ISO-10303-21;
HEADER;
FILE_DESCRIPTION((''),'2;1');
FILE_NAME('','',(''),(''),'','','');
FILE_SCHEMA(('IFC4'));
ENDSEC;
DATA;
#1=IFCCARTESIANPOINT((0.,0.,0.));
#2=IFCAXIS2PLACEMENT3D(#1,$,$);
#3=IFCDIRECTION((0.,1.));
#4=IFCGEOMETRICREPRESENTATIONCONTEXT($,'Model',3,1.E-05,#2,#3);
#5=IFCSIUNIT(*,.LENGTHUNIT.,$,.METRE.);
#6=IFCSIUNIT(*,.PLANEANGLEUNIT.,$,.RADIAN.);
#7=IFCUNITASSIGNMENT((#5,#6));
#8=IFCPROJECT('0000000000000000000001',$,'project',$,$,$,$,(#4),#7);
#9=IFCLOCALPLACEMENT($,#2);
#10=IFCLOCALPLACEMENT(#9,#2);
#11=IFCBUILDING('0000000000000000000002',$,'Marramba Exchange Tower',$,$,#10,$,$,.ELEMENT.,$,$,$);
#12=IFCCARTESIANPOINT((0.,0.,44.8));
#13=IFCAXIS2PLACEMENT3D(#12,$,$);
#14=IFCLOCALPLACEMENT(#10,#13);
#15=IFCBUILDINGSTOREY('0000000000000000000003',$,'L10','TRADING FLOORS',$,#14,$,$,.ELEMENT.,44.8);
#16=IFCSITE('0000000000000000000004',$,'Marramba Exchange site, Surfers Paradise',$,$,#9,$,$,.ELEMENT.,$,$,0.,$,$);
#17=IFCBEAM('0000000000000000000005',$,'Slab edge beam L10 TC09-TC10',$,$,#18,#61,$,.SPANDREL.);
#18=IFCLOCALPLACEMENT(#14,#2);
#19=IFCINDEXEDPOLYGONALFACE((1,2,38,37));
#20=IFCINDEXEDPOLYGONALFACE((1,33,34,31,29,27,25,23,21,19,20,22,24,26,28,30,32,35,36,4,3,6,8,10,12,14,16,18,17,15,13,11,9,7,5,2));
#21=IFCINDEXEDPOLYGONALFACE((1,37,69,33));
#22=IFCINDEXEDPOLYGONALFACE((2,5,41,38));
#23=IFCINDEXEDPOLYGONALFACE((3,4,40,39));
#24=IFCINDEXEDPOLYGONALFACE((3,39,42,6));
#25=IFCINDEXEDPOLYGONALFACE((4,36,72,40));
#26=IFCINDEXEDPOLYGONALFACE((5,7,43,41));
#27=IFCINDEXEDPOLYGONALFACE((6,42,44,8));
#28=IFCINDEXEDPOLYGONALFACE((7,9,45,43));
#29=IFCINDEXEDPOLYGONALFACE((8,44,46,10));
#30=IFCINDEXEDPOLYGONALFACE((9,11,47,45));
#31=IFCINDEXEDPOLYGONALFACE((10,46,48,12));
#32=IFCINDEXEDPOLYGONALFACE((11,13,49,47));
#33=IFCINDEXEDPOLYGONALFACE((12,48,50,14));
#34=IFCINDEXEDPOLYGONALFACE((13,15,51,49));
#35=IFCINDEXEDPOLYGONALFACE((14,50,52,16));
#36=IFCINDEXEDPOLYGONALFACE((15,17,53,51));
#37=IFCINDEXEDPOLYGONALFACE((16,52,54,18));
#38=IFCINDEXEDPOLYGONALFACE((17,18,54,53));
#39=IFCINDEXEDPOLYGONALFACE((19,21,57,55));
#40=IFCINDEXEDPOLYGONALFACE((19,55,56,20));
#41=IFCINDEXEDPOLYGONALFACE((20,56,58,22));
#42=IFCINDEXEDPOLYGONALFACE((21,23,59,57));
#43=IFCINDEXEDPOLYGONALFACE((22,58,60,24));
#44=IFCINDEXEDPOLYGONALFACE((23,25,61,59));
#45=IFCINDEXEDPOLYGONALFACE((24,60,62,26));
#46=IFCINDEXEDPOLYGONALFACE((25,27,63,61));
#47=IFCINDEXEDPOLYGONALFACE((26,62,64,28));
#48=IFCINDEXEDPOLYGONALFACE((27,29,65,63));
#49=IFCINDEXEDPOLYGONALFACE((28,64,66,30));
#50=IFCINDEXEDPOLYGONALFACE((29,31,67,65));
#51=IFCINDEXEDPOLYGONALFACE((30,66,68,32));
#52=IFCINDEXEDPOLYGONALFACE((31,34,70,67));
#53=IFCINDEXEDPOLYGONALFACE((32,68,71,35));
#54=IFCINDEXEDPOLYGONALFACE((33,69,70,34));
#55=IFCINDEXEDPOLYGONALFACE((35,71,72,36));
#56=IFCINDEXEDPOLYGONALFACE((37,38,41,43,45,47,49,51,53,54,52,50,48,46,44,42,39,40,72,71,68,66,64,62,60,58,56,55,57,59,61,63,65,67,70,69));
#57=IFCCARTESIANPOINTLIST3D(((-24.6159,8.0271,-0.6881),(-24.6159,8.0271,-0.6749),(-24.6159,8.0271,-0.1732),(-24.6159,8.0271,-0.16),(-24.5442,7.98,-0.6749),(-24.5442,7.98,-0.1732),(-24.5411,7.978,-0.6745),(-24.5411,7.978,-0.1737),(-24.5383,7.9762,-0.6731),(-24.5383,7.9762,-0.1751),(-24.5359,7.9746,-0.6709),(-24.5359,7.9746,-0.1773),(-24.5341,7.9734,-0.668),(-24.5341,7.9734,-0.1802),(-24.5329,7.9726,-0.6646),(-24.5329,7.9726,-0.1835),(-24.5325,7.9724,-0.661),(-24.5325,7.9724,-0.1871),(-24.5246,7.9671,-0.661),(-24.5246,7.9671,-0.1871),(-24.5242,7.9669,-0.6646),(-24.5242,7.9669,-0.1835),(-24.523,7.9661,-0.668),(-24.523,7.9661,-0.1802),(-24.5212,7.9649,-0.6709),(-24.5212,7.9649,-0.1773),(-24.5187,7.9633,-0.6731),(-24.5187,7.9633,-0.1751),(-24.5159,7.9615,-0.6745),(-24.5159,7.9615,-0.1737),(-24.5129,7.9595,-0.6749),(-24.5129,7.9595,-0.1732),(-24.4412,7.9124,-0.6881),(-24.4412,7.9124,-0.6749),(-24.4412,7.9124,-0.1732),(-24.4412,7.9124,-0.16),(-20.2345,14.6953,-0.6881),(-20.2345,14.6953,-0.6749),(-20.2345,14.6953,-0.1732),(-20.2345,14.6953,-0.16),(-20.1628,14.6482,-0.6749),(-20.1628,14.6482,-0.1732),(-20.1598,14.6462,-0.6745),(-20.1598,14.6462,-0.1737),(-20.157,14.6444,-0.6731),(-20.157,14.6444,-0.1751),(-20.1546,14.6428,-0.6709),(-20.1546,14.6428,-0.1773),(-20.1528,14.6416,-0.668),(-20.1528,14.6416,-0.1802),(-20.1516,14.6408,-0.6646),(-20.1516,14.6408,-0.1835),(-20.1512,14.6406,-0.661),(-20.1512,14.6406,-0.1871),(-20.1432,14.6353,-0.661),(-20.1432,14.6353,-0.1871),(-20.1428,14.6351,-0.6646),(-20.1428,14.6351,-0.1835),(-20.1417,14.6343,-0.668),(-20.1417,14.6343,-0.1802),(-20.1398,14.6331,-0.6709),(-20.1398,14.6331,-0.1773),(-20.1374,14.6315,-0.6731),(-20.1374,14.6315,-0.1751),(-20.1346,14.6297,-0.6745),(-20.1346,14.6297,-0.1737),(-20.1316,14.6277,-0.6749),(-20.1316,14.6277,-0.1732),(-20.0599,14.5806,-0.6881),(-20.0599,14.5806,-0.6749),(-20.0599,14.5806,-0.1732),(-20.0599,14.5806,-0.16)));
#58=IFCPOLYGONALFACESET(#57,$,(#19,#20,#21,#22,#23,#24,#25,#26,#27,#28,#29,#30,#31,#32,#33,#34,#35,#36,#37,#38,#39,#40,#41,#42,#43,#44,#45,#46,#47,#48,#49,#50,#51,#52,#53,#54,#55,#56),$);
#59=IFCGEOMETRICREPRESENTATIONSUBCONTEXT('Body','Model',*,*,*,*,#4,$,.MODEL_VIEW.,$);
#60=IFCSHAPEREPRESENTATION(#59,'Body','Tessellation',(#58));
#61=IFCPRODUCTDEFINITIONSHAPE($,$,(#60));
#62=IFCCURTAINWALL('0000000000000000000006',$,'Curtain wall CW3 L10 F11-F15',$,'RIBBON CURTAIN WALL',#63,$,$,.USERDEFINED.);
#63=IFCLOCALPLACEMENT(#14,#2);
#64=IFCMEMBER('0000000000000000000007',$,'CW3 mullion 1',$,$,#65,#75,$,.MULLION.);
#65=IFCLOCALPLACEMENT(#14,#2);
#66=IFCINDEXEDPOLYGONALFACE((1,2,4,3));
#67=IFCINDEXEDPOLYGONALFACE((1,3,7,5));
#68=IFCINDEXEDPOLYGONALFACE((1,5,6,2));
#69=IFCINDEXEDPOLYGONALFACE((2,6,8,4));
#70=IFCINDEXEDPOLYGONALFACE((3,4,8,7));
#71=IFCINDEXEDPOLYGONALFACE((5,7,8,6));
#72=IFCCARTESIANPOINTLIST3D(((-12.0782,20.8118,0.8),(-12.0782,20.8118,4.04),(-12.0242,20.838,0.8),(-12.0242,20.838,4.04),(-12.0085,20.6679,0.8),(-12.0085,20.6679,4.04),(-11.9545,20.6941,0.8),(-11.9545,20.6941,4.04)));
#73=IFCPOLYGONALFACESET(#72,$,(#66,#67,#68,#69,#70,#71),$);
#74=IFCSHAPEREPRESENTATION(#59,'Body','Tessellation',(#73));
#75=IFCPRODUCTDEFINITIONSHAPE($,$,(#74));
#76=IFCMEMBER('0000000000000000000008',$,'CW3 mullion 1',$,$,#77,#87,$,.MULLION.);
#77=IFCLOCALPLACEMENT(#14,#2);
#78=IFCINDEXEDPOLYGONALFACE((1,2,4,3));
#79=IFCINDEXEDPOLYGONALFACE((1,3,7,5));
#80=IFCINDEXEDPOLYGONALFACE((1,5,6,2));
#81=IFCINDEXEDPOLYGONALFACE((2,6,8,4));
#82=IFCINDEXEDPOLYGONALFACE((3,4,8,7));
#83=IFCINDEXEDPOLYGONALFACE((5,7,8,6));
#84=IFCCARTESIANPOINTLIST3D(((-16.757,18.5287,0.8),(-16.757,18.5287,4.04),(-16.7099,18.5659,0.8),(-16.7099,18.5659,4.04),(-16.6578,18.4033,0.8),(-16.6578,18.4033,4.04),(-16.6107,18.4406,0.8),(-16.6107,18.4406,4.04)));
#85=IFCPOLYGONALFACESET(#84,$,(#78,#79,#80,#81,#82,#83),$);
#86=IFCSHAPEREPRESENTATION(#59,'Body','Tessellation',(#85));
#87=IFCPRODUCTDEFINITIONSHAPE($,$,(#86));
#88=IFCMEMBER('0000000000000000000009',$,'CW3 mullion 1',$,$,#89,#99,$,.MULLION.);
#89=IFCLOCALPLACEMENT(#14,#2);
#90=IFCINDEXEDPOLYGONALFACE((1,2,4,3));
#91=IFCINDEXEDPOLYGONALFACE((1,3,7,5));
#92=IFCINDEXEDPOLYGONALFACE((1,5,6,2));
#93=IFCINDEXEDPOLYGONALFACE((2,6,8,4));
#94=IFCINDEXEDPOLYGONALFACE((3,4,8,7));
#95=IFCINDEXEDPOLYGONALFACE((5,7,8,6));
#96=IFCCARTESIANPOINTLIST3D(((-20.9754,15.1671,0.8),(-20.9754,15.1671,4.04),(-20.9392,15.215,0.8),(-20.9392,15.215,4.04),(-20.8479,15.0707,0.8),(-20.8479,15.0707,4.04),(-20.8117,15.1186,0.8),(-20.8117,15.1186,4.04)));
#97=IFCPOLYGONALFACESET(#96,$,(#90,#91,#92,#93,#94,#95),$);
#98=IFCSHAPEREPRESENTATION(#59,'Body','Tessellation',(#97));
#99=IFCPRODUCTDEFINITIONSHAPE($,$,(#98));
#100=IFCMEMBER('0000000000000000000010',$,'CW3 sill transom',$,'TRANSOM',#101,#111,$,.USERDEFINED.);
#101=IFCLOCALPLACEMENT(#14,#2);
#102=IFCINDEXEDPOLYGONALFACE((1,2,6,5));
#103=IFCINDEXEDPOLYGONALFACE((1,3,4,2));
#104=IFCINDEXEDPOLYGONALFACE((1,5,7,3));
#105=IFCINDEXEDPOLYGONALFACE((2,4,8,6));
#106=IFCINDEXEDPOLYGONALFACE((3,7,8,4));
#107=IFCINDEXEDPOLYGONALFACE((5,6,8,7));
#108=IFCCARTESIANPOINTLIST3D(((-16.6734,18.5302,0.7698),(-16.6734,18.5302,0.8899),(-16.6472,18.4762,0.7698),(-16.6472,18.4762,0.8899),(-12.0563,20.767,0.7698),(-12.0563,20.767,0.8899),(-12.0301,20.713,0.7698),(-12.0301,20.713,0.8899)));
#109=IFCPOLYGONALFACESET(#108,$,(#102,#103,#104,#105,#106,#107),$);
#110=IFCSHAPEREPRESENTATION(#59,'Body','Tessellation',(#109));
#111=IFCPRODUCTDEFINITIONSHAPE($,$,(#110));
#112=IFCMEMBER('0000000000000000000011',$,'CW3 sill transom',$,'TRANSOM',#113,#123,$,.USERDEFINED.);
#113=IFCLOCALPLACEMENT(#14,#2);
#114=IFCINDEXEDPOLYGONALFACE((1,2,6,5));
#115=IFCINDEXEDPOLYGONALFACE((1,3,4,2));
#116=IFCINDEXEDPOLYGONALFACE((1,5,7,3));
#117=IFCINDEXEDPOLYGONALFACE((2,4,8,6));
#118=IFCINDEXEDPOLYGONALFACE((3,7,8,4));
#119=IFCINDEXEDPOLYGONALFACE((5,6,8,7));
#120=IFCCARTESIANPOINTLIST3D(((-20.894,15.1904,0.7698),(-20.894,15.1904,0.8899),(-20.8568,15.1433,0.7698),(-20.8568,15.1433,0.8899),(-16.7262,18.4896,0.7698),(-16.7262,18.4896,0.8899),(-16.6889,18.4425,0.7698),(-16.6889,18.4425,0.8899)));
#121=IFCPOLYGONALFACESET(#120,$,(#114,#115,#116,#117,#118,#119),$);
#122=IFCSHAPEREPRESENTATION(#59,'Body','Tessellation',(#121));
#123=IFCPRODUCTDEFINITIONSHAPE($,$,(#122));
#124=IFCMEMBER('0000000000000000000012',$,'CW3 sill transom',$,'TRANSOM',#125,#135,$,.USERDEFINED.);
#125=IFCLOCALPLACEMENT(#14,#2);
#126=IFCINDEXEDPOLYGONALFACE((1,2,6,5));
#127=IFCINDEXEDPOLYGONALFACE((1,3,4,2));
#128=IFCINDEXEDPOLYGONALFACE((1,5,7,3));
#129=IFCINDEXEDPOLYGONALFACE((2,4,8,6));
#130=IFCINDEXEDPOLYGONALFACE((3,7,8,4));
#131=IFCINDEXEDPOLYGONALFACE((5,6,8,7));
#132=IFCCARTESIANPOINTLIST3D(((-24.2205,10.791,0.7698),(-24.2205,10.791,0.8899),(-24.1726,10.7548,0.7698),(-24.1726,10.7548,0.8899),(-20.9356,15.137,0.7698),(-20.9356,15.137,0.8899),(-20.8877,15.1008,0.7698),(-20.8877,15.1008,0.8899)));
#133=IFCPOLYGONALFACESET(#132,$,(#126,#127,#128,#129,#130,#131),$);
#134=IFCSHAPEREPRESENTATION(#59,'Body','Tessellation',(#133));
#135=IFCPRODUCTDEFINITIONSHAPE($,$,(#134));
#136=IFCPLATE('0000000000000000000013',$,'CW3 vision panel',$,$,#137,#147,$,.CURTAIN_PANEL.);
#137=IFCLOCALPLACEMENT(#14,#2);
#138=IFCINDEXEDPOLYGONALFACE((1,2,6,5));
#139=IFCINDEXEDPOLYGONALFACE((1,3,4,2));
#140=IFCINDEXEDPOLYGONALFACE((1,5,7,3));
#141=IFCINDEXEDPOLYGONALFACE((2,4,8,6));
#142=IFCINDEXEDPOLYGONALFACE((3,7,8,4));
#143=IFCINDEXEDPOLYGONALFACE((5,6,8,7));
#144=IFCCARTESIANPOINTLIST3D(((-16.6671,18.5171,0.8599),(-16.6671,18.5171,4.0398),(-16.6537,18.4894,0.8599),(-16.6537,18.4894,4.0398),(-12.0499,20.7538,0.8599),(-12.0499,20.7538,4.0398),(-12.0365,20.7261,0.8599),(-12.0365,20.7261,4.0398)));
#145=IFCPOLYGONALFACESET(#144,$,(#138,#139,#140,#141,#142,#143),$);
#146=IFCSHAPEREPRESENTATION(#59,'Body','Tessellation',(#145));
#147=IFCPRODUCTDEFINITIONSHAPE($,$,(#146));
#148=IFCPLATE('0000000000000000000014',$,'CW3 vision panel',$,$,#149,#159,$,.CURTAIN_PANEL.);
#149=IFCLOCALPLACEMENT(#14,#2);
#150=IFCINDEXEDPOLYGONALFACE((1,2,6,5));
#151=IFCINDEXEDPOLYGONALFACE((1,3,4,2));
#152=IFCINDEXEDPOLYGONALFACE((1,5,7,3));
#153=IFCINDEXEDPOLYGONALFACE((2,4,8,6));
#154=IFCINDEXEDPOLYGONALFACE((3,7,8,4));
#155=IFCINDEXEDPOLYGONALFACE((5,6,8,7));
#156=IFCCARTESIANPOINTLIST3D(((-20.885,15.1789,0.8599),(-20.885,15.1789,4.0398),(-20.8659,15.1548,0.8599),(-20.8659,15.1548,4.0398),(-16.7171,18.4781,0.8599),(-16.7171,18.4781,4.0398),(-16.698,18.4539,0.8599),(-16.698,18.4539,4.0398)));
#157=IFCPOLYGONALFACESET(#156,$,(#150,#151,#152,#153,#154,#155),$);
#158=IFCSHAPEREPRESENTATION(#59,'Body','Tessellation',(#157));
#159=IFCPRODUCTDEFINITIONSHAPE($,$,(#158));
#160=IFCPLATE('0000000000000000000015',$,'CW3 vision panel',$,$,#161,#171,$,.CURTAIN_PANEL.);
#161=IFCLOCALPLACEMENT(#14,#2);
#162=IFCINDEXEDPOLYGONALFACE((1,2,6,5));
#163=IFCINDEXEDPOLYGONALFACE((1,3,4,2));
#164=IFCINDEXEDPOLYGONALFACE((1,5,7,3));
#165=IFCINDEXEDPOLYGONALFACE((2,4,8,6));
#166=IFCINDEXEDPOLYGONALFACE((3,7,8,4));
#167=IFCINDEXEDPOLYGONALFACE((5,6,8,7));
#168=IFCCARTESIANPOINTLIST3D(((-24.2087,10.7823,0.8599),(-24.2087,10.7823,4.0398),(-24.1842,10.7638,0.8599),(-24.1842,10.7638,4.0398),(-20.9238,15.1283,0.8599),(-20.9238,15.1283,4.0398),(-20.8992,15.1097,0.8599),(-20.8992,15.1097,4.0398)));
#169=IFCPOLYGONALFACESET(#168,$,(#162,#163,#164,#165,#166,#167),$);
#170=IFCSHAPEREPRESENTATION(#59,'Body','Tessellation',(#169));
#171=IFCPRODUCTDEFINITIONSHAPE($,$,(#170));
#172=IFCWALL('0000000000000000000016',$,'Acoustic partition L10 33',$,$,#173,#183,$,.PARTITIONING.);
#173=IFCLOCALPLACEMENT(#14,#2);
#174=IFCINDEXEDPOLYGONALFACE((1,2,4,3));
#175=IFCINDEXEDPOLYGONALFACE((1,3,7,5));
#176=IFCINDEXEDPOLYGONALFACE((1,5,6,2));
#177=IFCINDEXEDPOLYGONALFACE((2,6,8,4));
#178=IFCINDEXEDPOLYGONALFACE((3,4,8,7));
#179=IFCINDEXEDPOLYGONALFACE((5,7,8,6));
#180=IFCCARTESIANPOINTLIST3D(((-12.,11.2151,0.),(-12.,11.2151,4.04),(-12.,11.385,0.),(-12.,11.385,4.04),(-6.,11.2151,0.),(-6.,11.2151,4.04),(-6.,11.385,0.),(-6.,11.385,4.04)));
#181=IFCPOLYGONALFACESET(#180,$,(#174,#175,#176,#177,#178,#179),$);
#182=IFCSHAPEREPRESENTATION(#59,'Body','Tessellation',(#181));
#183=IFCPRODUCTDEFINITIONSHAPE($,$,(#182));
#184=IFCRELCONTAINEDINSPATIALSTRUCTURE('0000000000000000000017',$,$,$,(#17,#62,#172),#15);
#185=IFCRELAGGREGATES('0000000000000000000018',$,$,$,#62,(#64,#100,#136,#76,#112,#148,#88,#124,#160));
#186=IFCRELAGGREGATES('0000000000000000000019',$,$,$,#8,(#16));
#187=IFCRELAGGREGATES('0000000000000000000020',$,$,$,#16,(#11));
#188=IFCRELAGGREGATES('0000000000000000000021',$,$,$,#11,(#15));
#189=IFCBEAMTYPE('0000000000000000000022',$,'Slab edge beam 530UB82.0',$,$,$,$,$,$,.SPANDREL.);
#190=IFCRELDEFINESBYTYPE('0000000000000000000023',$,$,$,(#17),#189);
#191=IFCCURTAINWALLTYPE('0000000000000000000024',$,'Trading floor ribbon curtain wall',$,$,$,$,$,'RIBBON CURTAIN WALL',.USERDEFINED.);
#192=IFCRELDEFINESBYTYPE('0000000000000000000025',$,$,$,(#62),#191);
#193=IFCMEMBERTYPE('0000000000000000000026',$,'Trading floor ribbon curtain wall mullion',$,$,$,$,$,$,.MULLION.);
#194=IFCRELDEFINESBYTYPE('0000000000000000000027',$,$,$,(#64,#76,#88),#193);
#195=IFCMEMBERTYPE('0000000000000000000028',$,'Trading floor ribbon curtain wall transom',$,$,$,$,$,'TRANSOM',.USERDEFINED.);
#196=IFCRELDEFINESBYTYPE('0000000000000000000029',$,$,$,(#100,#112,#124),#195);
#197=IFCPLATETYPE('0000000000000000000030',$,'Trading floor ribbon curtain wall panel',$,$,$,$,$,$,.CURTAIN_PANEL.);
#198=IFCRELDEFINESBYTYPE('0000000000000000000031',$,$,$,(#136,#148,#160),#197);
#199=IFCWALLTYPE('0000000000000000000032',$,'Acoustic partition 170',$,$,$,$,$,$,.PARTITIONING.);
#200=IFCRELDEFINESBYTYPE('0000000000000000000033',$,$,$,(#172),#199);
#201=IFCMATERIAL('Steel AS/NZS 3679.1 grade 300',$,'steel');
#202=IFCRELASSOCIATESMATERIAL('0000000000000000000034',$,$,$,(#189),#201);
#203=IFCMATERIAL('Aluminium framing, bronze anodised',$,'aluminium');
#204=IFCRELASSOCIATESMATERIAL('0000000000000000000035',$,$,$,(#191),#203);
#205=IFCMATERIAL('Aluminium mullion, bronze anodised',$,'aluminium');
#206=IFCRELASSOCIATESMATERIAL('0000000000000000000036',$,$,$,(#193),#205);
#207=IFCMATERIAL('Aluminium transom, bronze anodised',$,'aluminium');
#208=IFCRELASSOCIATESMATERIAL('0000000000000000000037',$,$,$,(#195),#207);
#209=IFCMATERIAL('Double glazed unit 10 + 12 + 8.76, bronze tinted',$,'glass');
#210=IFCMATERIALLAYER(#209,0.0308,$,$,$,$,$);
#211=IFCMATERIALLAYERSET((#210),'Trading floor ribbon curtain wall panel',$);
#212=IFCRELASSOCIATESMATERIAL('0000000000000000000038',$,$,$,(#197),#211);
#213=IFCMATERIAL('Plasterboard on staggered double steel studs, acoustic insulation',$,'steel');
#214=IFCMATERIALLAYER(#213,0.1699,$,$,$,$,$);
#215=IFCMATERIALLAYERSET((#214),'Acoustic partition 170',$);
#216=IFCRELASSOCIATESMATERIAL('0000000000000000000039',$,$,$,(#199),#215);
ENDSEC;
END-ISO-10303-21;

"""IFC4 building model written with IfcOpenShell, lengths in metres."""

from ifc_helpers import new_model, si_unit, direction, frame, frame_2d, origin, origin_2d, place, context, subcontext, project, spatial, rectangle, i_section, extrude, material, layer, layer_set, material_profile, profile_set, type_object, element, aggregate, save


model = new_model("IFC4")

# Units and contexts
model_context = context("Model", 3, precision=1e-05, world=origin(), true_north=direction((0.0, 1.0)))
body_context = subcontext(model_context, "Body", "Model", "MODEL_VIEW")
ifc_project = project(units=[si_unit("LENGTHUNIT", "METRE"), si_unit("PLANEANGLEUNIT", "RADIAN")], contexts=[model_context])

# Site, building, storey
site_placement = place(None, origin())
site = spatial("IfcSite", under=ifc_project, at=site_placement, Name="Marramba Exchange site, Surfers Paradise", CompositionType="ELEMENT", RefElevation=0.0)
building_placement = place(site_placement, origin())
building = spatial("IfcBuilding", under=site, at=building_placement, Name="Marramba Exchange Tower", CompositionType="ELEMENT")
storey_placement = place(building_placement, frame((0.0, 0.0, 44.8)))
storey = spatial("IfcBuildingStorey", under=building, at=storey_placement, Name="L10", Description="TRADING FLOORS", CompositionType="ELEMENT", Elevation=44.8)

# Beam
ifc_material_1 = material(Name="Steel AS/NZS 3679.1 grade 300", Category="steel")
ifc_material_profile_1 = material_profile(ifc_material_1, i_section(OverallWidth=0.209, OverallDepth=0.5281, WebThickness=0.0095, FlangeThickness=0.0132, FilletRadius=0.0139, at=origin_2d()), Name="530UB82.0")
ifc_profile_set_1 = profile_set([ifc_material_profile_1], Name="Steel AS/NZS 3679.1 grade 300")
beam_type_1 = type_object("IfcBeamType", Name="Slab edge beam 530UB82.0", PredefinedType="SPANDREL", material=ifc_profile_set_1)
beam_1_placement = place(storey_placement, frame((-20.1472, 14.6379, -0.4241), z_axis=(-0.549124, -0.835741, 0.0), x_axis=(0.835741, -0.549124, 0.0)))
element("IfcBeam", 1, at=beam_1_placement, inside=storey, type_object=beam_type_1, Name="Slab edge beam L10 TC09-TC10", PredefinedType="SPANDREL", context=body_context, shape_type="SweptSolid", body=[
    extrude(i_section(OverallWidth=0.209, OverallDepth=0.5281, WebThickness=0.0095, FlangeThickness=0.0132, FilletRadius=0.0139, at=origin_2d()), origin(), (0.0, 0.0, 1.0), 7.9788),
])

# Curtain wall, members, plates
ifc_material_2 = material(Name="Aluminium framing, bronze anodised", Category="aluminium")
curtain_wall_type = type_object("IfcCurtainWallType", Name="Trading floor ribbon curtain wall", ElementType="RIBBON CURTAIN WALL", PredefinedType="USERDEFINED", material=ifc_material_2)
curtain_wall_placement = place(storey_placement, origin())
curtain_wall = element("IfcCurtainWall", 2, at=curtain_wall_placement, inside=storey, type_object=curtain_wall_type, Name="Curtain wall CW3 L10 F11-F15", ObjectType="RIBBON CURTAIN WALL", PredefinedType="USERDEFINED")
ifc_material_3 = material(Name="Aluminium mullion, bronze anodised", Category="aluminium")
ifc_material_profile_2 = material_profile(ifc_material_3, rectangle(XDim=0.1599, YDim=0.0601, at=origin_2d()), Name="CW3 mullion 60x160")
ifc_profile_set_2 = profile_set([ifc_material_profile_2], Name="Aluminium mullion, bronze anodised")
member_type_1 = type_object("IfcMemberType", Name="Trading floor ribbon curtain wall mullion", PredefinedType="MULLION", material=ifc_profile_set_2)
member_1_placement = place(storey_placement, frame((-12.0164, 20.7529, 0.8), z_axis=(0.0, 0.0, 1.0), x_axis=(0.435965, -0.899963, 0.0)))
member_1 = element("IfcMember", 3, at=member_1_placement, type_object=member_type_1, Name="CW3 mullion 1", PredefinedType="MULLION", context=body_context, shape_type="SweptSolid", body=[
    extrude(rectangle(XDim=0.1599, YDim=0.0601, at=origin_2d()), origin(), (0.0, 0.0, 1.0), 3.24),
])
member_2_placement = place(storey_placement, frame((-16.6838, 18.4846, 0.8), z_axis=(0.0, 0.0, 1.0), x_axis=(0.62065, -0.784088, 0.0)))
member_2 = element("IfcMember", 4, at=member_2_placement, type_object=member_type_1, Name="CW3 mullion 1", PredefinedType="MULLION", context=body_context, shape_type="SweptSolid", body=[
    extrude(rectangle(XDim=0.1599, YDim=0.0601, at=origin_2d()), origin(), (0.0, 0.0, 1.0), 3.24),
])
member_3_placement = place(storey_placement, frame((-20.8936, 15.1428, 0.8), z_axis=(0.0, 0.0, 1.0), x_axis=(0.797749, -0.60299, 0.0)))
member_3 = element("IfcMember", 5, at=member_3_placement, type_object=member_type_1, Name="CW3 mullion 1", PredefinedType="MULLION", context=body_context, shape_type="SweptSolid", body=[
    extrude(rectangle(XDim=0.1599, YDim=0.0601, at=origin_2d()), origin(), (0.0, 0.0, 1.0), 3.24),
])
ifc_material_4 = material(Name="Aluminium transom, bronze anodised", Category="aluminium")
ifc_material_profile_3 = material_profile(ifc_material_4, rectangle(XDim=0.0601, YDim=0.1201, at=origin_2d()), Name="CW3 transom 60x120")
ifc_profile_set_3 = profile_set([ifc_material_profile_3], Name="Aluminium transom, bronze anodised")
member_type_2 = type_object("IfcMemberType", Name="Trading floor ribbon curtain wall transom", ElementType="TRANSOM", PredefinedType="USERDEFINED", material=ifc_profile_set_3)
member_4_placement = place(storey_placement, frame((-12.0432, 20.74, 0.8298), z_axis=(-0.899953, -0.435986, 0.0), x_axis=(0.435986, -0.899953, 0.0)))
member_4 = element("IfcMember", 6, at=member_4_placement, type_object=member_type_2, Name="CW3 sill transom", ObjectType="TRANSOM", PredefinedType="USERDEFINED", context=body_context, shape_type="SweptSolid", body=[
    extrude(rectangle(XDim=0.0601, YDim=0.1201, at=origin_2d()), origin(), (0.0, 0.0, 1.0), 5.1304),
])
member_5_placement = place(storey_placement, frame((-16.7075, 18.4661, 0.8298), z_axis=(-0.784076, -0.620665, 0.0), x_axis=(0.620665, -0.784076, 0.0)))
member_5 = element("IfcMember", 7, at=member_5_placement, type_object=member_type_2, Name="CW3 sill transom", ObjectType="TRANSOM", PredefinedType="USERDEFINED", context=body_context, shape_type="SweptSolid", body=[
    extrude(rectangle(XDim=0.0601, YDim=0.1201, at=origin_2d()), origin(), (0.0, 0.0, 1.0), 5.3157),
])
member_6_placement = place(storey_placement, frame((-20.9116, 15.1189, 0.8298), z_axis=(-0.602986, -0.797752, 0.0), x_axis=(0.797752, -0.602986, 0.0)))
member_6 = element("IfcMember", 8, at=member_6_placement, type_object=member_type_2, Name="CW3 sill transom", ObjectType="TRANSOM", PredefinedType="USERDEFINED", context=body_context, shape_type="SweptSolid", body=[
    extrude(rectangle(XDim=0.0601, YDim=0.1201, at=origin_2d()), origin(), (0.0, 0.0, 1.0), 5.4478),
])
ifc_material_5 = material(Name="Double glazed unit 10 + 12 + 8.76, bronze tinted", Category="glass")
ifc_layer_1 = layer(ifc_material_5, 0.0308)
ifc_layer_set_1 = layer_set([ifc_layer_1], Name="Trading floor ribbon curtain wall panel")
plate_type = type_object("IfcPlateType", Name="Trading floor ribbon curtain wall panel", PredefinedType="CURTAIN_PANEL", material=ifc_layer_set_1)
plate_1_placement = place(storey_placement, frame((-14.3518, 19.6216, 0.8599), z_axis=(0.0, 0.0, 1.0), x_axis=(-0.899963, -0.435965, 0.0)))
plate_1 = element("IfcPlate", 9, at=plate_1_placement, type_object=plate_type, Name="CW3 vision panel", PredefinedType="CURTAIN_PANEL", context=body_context, shape_type="SweptSolid", body=[
    extrude(rectangle(XDim=5.1304, YDim=0.0308, at=origin_2d()), origin(), (0.0, 0.0, 1.0), 3.1799),
])
plate_2_placement = place(storey_placement, frame((-18.7915, 16.8164, 0.8599), z_axis=(0.0, 0.0, 1.0), x_axis=(-0.784088, -0.62065, 0.0)))
plate_2 = element("IfcPlate", 10, at=plate_2_placement, type_object=plate_type, Name="CW3 vision panel", PredefinedType="CURTAIN_PANEL", context=body_context, shape_type="SweptSolid", body=[
    extrude(rectangle(XDim=5.3157, YDim=0.0308, at=origin_2d()), origin(), (0.0, 0.0, 1.0), 3.1799),
])
plate_3_placement = place(storey_placement, frame((-22.554, 12.946, 0.8599), z_axis=(0.0, 0.0, 1.0), x_axis=(-0.60299, -0.797749, 0.0)))
plate_3 = element("IfcPlate", 11, at=plate_3_placement, type_object=plate_type, Name="CW3 vision panel", PredefinedType="CURTAIN_PANEL", context=body_context, shape_type="SweptSolid", body=[
    extrude(rectangle(XDim=5.4478, YDim=0.0308, at=origin_2d()), origin(), (0.0, 0.0, 1.0), 3.1799),
])
aggregate(curtain_wall, [member_1, member_4, plate_1, member_2, member_5, plate_2, member_3, member_6, plate_3])

# Wall
ifc_material_6 = material(Name="Plasterboard on staggered double steel studs, acoustic insulation", Category="steel")
ifc_layer_2 = layer(ifc_material_6, 0.1699)
ifc_layer_set_2 = layer_set([ifc_layer_2], Name="Acoustic partition 170")
wall_type_1 = type_object("IfcWallType", Name="Acoustic partition 170", PredefinedType="PARTITIONING", material=ifc_layer_set_2)
wall_1_placement = place(storey_placement, frame((-12.0, 11.3, 0.0), z_axis=(0.0, 0.0, 1.0), x_axis=(1.0, 0.0, 0.0)))
element("IfcWall", 12, at=wall_1_placement, inside=storey, type_object=wall_type_1, Name="Acoustic partition L10 33", PredefinedType="PARTITIONING", context=body_context, shape_type="SweptSolid", body=[
    extrude(rectangle(XDim=6.0, YDim=0.1699, at=frame_2d((3.0, 0.0))), origin(), (0.0, 0.0, 1.0), 4.04),
])

save(model, "model.ifc")
